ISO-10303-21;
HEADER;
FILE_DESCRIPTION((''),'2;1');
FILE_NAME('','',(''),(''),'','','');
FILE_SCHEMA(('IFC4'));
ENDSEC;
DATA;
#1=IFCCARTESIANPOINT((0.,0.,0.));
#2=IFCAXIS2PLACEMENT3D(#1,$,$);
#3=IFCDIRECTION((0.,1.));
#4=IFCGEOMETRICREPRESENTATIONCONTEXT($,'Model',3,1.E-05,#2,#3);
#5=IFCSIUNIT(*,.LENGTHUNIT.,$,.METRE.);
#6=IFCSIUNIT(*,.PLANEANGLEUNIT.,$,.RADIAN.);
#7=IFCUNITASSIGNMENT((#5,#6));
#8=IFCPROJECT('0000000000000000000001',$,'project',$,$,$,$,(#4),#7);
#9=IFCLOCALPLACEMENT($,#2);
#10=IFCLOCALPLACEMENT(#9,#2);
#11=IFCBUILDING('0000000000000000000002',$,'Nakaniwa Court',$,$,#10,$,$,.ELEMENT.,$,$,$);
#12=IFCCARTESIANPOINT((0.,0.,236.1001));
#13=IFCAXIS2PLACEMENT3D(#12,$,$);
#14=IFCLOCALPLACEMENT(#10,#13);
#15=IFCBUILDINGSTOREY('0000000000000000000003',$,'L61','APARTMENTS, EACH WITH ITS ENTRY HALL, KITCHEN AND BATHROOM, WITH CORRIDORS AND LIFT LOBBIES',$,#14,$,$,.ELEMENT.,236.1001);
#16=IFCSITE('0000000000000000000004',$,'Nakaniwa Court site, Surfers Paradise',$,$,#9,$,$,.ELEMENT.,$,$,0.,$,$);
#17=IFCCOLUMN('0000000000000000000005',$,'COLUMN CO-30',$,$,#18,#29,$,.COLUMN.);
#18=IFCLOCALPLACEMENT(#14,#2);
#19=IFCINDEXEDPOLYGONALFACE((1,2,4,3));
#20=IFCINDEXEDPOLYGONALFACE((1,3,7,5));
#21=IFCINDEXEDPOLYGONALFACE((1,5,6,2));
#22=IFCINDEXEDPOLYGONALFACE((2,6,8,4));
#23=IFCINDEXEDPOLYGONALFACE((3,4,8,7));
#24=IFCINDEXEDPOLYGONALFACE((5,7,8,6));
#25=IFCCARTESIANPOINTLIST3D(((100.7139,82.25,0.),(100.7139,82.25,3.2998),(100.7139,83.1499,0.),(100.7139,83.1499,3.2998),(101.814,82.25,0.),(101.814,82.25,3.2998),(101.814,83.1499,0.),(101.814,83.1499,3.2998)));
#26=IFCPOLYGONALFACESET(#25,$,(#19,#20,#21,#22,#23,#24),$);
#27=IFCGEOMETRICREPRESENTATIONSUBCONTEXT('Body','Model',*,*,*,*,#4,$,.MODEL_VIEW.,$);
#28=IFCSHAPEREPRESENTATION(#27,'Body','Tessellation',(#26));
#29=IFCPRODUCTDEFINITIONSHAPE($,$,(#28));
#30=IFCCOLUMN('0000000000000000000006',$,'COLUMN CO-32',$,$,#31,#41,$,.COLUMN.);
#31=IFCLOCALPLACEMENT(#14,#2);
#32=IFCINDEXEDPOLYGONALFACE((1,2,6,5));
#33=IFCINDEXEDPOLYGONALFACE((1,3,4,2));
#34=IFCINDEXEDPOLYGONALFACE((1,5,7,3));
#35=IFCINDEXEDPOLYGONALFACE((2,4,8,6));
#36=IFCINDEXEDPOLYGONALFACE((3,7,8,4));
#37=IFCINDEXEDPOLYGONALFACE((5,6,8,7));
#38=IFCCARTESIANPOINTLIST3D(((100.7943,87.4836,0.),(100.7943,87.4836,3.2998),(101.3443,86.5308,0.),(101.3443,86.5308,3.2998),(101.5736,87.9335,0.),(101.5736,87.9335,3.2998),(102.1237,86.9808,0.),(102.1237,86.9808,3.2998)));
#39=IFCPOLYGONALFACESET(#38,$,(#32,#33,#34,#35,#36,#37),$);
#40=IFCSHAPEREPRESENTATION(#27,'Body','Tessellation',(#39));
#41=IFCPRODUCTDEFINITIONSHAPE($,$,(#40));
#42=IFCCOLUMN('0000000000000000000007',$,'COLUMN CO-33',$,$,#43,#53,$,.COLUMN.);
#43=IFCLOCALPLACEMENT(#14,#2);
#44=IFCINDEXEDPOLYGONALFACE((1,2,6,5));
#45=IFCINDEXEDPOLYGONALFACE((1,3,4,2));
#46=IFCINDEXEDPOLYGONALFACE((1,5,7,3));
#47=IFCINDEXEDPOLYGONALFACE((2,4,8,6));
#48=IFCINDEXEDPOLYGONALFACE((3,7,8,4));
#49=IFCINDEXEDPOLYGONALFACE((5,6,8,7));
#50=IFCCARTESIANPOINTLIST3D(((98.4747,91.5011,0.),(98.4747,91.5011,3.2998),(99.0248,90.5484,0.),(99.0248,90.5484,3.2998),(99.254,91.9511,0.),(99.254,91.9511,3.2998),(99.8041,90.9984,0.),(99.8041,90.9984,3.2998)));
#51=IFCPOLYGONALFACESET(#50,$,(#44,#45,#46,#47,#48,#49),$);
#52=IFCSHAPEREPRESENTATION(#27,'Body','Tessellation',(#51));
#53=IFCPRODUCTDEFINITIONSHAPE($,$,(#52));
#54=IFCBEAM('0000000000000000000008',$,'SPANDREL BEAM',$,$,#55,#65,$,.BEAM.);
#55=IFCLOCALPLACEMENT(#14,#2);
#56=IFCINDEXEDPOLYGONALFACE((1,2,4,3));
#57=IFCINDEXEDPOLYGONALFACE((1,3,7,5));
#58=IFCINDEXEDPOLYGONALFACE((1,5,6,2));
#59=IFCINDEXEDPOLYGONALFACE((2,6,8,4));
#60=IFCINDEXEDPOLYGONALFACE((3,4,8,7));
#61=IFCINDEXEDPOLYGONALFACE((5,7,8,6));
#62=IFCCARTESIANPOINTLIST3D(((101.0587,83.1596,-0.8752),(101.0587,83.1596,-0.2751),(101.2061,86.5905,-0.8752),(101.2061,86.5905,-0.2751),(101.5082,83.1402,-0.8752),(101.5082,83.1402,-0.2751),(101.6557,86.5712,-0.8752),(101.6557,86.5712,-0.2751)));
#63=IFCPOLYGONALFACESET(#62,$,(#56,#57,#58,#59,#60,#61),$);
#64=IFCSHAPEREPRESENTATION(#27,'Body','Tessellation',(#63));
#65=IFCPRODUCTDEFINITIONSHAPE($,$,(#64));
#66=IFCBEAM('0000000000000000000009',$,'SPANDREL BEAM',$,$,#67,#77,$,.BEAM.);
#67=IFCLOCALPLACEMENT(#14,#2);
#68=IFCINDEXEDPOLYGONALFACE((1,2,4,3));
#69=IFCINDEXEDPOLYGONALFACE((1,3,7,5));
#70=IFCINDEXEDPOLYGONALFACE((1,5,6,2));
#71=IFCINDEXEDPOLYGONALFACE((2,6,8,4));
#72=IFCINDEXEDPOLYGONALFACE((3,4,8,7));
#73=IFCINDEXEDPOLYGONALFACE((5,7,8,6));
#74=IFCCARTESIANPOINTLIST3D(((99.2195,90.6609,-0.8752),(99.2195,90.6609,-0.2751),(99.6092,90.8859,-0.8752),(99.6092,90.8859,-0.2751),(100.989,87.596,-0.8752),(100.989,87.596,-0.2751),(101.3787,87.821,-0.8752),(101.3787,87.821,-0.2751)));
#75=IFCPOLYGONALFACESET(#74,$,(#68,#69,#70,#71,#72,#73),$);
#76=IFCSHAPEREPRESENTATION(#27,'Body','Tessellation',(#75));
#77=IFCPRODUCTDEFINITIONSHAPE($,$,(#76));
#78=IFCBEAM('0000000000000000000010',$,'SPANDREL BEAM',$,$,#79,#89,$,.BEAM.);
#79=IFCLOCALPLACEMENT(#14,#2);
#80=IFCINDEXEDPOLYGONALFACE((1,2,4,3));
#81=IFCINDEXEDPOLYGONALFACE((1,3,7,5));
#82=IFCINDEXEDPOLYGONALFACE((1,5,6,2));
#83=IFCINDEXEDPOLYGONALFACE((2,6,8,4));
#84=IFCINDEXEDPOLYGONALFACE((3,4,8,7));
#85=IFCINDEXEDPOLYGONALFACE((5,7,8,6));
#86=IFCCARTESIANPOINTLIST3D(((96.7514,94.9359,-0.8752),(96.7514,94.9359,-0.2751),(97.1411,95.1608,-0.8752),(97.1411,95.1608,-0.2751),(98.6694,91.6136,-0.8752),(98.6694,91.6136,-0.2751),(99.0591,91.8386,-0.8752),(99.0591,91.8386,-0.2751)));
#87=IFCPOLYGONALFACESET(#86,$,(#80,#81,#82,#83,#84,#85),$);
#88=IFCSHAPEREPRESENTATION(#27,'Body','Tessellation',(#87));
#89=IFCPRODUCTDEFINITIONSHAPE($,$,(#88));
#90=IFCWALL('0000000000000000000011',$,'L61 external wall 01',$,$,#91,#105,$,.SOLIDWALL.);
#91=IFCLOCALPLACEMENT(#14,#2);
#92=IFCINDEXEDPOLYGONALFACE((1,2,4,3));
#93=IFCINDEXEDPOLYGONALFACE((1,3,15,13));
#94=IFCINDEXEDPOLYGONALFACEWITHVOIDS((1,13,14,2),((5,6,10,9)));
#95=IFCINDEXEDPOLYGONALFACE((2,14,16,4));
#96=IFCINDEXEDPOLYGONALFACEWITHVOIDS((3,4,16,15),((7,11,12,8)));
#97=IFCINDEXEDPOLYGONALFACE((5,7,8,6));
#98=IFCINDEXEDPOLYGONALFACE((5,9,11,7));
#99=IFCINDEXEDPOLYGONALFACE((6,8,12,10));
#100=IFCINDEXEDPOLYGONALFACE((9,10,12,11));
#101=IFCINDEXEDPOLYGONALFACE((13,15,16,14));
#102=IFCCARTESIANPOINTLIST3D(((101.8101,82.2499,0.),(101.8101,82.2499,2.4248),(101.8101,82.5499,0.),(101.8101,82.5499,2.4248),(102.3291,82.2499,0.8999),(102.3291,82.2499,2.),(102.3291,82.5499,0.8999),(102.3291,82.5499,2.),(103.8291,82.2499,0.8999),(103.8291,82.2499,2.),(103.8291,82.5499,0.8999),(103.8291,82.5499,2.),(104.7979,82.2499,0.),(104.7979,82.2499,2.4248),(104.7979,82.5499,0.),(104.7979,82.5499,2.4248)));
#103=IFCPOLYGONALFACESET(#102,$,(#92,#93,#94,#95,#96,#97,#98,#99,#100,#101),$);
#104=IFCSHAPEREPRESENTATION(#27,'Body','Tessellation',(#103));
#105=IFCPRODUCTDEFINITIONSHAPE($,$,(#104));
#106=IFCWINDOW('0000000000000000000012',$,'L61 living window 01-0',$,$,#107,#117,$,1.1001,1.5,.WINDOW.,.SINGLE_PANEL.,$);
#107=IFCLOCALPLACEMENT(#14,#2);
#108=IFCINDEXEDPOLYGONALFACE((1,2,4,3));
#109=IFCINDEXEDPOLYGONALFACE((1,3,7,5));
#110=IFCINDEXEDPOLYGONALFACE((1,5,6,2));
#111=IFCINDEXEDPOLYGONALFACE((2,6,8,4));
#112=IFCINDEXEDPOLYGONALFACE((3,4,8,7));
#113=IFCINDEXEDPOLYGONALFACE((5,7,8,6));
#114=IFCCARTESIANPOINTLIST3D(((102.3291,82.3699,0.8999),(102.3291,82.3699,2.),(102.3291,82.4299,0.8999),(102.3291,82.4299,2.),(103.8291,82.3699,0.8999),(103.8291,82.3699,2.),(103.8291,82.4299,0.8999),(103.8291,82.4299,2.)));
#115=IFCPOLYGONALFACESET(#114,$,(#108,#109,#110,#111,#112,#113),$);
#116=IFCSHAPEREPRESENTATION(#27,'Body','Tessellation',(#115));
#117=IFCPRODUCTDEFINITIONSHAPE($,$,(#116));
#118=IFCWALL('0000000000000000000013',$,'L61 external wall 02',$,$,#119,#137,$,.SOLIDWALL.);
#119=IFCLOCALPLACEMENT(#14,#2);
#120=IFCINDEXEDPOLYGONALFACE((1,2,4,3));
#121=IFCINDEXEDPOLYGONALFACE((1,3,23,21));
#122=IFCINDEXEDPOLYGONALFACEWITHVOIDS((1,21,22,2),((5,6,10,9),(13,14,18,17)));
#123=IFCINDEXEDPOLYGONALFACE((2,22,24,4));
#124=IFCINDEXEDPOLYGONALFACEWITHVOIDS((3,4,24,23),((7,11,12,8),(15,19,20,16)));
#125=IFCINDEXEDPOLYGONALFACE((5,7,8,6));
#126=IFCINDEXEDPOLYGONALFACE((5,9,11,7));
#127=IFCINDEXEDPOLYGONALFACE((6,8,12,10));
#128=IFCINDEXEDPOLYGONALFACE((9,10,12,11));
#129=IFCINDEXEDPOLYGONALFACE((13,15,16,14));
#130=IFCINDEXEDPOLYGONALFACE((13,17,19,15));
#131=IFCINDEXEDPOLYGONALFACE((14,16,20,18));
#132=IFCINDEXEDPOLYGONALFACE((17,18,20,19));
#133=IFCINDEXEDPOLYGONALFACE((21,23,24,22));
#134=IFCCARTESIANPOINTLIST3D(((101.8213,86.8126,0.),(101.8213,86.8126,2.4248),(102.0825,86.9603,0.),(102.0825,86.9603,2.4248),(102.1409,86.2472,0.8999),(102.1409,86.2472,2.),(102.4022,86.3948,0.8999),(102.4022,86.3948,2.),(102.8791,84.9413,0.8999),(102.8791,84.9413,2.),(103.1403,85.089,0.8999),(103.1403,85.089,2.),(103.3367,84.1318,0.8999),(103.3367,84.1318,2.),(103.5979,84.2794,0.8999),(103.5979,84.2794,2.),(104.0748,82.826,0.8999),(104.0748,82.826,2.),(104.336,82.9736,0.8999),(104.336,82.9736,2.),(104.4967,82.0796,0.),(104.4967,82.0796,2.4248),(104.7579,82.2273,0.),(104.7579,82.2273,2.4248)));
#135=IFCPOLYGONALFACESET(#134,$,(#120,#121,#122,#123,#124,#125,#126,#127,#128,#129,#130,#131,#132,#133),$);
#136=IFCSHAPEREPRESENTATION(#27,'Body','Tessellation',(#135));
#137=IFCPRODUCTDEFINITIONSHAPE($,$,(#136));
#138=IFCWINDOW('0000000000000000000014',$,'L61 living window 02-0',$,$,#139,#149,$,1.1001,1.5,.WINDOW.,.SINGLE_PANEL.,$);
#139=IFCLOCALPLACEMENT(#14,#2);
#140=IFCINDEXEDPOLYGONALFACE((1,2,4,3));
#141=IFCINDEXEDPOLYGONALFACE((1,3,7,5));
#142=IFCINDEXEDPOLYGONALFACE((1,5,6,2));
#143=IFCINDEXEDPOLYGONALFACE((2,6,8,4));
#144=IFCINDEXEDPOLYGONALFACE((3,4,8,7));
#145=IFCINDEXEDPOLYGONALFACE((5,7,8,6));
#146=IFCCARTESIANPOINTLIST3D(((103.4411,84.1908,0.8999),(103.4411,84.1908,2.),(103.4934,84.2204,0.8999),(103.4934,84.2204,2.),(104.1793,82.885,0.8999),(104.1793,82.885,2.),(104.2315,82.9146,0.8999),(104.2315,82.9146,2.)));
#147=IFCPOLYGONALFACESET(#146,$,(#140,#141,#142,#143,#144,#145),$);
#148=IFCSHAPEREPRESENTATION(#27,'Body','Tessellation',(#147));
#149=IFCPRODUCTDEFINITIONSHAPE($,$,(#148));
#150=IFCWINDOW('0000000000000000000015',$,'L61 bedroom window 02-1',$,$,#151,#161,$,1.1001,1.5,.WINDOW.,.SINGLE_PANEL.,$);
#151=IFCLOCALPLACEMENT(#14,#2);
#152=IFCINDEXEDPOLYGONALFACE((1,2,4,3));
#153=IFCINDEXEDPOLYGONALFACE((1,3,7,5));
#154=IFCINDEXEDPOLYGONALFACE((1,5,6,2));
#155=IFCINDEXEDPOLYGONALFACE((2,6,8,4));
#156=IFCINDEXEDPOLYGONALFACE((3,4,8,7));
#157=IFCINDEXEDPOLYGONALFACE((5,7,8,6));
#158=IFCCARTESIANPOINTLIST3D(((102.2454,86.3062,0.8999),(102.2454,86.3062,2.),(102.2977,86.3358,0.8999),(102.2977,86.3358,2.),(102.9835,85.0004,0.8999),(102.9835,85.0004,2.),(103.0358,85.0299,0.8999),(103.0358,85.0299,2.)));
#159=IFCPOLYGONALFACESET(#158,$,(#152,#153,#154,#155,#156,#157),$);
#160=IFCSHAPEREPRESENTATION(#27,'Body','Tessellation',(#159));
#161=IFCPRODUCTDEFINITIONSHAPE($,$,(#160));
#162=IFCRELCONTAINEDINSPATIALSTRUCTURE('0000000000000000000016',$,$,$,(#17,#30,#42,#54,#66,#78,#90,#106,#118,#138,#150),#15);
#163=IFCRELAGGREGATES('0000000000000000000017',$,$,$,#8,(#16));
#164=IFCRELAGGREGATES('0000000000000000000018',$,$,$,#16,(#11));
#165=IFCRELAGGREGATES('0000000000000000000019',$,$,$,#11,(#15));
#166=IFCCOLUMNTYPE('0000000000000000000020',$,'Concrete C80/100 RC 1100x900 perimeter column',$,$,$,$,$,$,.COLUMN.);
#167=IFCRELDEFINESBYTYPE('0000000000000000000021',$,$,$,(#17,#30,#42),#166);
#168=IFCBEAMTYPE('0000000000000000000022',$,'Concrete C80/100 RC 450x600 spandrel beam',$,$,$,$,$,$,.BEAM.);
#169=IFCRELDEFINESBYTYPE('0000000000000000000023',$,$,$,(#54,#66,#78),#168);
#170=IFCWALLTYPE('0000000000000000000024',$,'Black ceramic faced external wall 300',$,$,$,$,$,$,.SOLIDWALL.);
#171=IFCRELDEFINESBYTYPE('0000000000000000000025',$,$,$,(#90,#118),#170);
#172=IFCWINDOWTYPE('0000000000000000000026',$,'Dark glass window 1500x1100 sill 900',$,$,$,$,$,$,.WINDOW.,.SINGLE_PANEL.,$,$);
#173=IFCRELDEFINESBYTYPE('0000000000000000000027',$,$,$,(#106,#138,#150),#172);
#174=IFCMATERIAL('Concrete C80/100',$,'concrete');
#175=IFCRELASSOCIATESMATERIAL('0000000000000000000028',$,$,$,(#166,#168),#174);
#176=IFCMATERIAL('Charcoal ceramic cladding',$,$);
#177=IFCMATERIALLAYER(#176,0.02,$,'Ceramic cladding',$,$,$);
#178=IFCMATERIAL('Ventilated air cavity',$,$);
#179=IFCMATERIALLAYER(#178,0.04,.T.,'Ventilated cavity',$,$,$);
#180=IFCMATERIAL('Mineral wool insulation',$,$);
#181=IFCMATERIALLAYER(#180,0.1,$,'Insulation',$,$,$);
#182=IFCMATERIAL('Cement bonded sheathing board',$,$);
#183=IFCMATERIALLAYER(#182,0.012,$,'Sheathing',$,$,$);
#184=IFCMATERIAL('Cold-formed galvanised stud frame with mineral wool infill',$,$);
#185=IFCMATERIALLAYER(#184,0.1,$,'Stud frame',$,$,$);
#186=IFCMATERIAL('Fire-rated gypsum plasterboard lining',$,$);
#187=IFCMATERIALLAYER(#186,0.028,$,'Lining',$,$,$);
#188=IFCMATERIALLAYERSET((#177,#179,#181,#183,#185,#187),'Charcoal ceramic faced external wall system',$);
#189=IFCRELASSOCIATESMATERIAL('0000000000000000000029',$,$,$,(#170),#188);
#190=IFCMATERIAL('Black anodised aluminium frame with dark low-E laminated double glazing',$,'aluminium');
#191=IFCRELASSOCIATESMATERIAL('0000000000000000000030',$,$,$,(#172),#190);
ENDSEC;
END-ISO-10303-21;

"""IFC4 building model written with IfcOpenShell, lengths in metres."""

from ifc_helpers import new_model, si_unit, direction, frame, frame_2d, origin, origin_2d, place, context, subcontext, project, spatial, rectangle, extrude, material, layer, layer_set, material_profile, profile_set, type_object, element, fill, save


model = new_model("IFC4")

# Units and contexts
model_context = context("Model", 3, precision=1e-05, world=origin(), true_north=direction((0.0, 1.0)))
body_context = subcontext(model_context, "Body", "Model", "MODEL_VIEW")
ifc_project = project(units=[si_unit("LENGTHUNIT", "METRE"), si_unit("PLANEANGLEUNIT", "RADIAN")], contexts=[model_context])

# Site, building, storey
site_placement = place(None, origin())
site = spatial("IfcSite", under=ifc_project, at=site_placement, Name="Nakaniwa Court site, Surfers Paradise", CompositionType="ELEMENT", RefElevation=0.0)
building_placement = place(site_placement, origin())
building = spatial("IfcBuilding", under=site, at=building_placement, Name="Nakaniwa Court", CompositionType="ELEMENT")
storey_placement = place(building_placement, frame((0.0, 0.0, 236.1001)))
storey = spatial("IfcBuildingStorey", under=building, at=storey_placement, Name="L61", Description="APARTMENTS, EACH WITH ITS ENTRY HALL, KITCHEN AND BATHROOM, WITH CORRIDORS AND LIFT LOBBIES", CompositionType="ELEMENT", Elevation=236.1001)

# Columns
ifc_material_1 = material(Name="Concrete C80/100", Category="concrete")
ifc_material_profile_1 = material_profile(ifc_material_1, rectangle(XDim=1.1001, YDim=0.8999, at=origin_2d()), Name="Concrete C80/100 RC 1100x900 perimeter column")
ifc_profile_set_1 = profile_set([ifc_material_profile_1], Name="Concrete C80/100")
column_type = type_object("IfcColumnType", Name="Concrete C80/100 RC 1100x900 perimeter column", PredefinedType="COLUMN", material=ifc_profile_set_1)
for number, where, z_axis, x_axis, name in (
    (1, (101.2639, 82.7, 0.0), (0.0, 0.0, 1.0), (1.0, 0.0, 0.0), "COLUMN CO-30"),
    (2, (101.459, 87.2322, 0.0), (0.0, 0.0, 1.0), (-0.5, 0.866025, 0.0), "COLUMN CO-32"),
    (3, (99.1394, 91.2498, 0.0), (0.0, 0.0, 1.0), (-0.5, 0.866025, 0.0), "COLUMN CO-33"),
):
    element("IfcColumn", number, at=place(storey_placement, frame(where, z_axis=z_axis, x_axis=x_axis)), inside=storey, type_object=column_type, Name=name, PredefinedType="COLUMN", context=body_context, shape_type="SweptSolid", body=[
        extrude(rectangle(XDim=1.1001, YDim=0.8999, at=origin_2d()), origin(), (0.0, 0.0, 1.0), 3.2998),
    ])

# Beams
ifc_material_profile_2 = material_profile(ifc_material_1, rectangle(XDim=0.45, YDim=0.6001, at=origin_2d()), Name="Concrete C80/100 RC 450x600 spandrel beam")
ifc_profile_set_2 = profile_set([ifc_material_profile_2], Name="Concrete C80/100")
beam_type = type_object("IfcBeamType", Name="Concrete C80/100 RC 450x600 spandrel beam", PredefinedType="BEAM", material=ifc_profile_set_2)
beam_1_placement = place(storey_placement, frame((101.2834, 83.1499, -0.5752), z_axis=(0.042941, 0.999078, 0.0), x_axis=(-0.999078, 0.042941, 0.0)))
element("IfcBeam", 4, at=beam_1_placement, inside=storey, type_object=beam_type, Name="SPANDREL BEAM", PredefinedType="BEAM", context=body_context, shape_type="SweptSolid", body=[
    extrude(rectangle(XDim=0.45, YDim=0.6001, at=origin_2d()), origin(), (0.0, 0.0, 1.0), 3.4341),
])
beam_2_placement = place(storey_placement, frame((101.1838, 87.7085, -0.5752), z_axis=(-0.499997, 0.866027, 0.0), x_axis=(-0.866027, -0.499997, 0.0)))
element("IfcBeam", 5, at=beam_2_placement, inside=storey, type_object=beam_type, Name="SPANDREL BEAM", PredefinedType="BEAM", context=body_context, shape_type="SweptSolid", body=[
    extrude(rectangle(XDim=0.45, YDim=0.6001, at=origin_2d()), origin(), (0.0, 0.0, 1.0), 3.5391),
])
beam_3_placement = place(storey_placement, frame((98.8643, 91.7261, -0.5752), z_axis=(-0.499972, 0.866041, 0.0), x_axis=(-0.866041, -0.499972, 0.0)))
element("IfcBeam", 6, at=beam_3_placement, inside=storey, type_object=beam_type, Name="SPANDREL BEAM", PredefinedType="BEAM", context=body_context, shape_type="SweptSolid", body=[
    extrude(rectangle(XDim=0.45, YDim=0.6001, at=origin_2d()), origin(), (0.0, 0.0, 1.0), 3.8362),
])

# Wall, opening, window
ifc_material_2 = material(Name="Charcoal ceramic cladding")
ifc_layer_1 = layer(ifc_material_2, 0.02, Name="Ceramic cladding")
ifc_material_3 = material(Name="Ventilated air cavity")
ifc_layer_2 = layer(ifc_material_3, 0.04, ventilated=True, Name="Ventilated cavity")
ifc_material_4 = material(Name="Mineral wool insulation")
ifc_layer_3 = layer(ifc_material_4, 0.1, Name="Insulation")
ifc_material_5 = material(Name="Cement bonded sheathing board")
ifc_layer_4 = layer(ifc_material_5, 0.012, Name="Sheathing")
ifc_material_6 = material(Name="Cold-formed galvanised stud frame with mineral wool infill")
ifc_layer_5 = layer(ifc_material_6, 0.1, Name="Stud frame")
ifc_material_7 = material(Name="Fire-rated gypsum plasterboard lining")
ifc_layer_6 = layer(ifc_material_7, 0.028, Name="Lining")
ifc_layer_set = layer_set([ifc_layer_1, ifc_layer_2, ifc_layer_3, ifc_layer_4, ifc_layer_5, ifc_layer_6], Name="Charcoal ceramic faced external wall system")
wall_type = type_object("IfcWallType", Name="Black ceramic faced external wall 300", PredefinedType="SOLIDWALL", material=ifc_layer_set)
wall_1_placement = place(storey_placement, frame((101.8101, 82.3999, 0.0), z_axis=(0.0, 0.0, 1.0), x_axis=(1.0, 0.0, 0.0)))
wall_1 = element("IfcWall", 7, at=wall_1_placement, inside=storey, type_object=wall_type, Name="L61 external wall 01", PredefinedType="SOLIDWALL", context=body_context, shape_type="SweptSolid", body=[
    extrude(rectangle(XDim=2.9878, YDim=0.3, at=frame_2d((1.4939, 0.0))), origin(), (0.0, 0.0, 1.0), 2.4248),
])
opening_1_placement = place(wall_1_placement, frame((0.519, 0.0, 0.8999)))
opening_1 = element("IfcOpeningElement", 8, at=opening_1_placement, cuts=wall_1, PredefinedType="OPENING", context=body_context, shape_type="SweptSolid", body=[
    extrude(rectangle(XDim=1.5, YDim=1.1001, at=frame_2d((0.75, 0.55))), frame((0.0, 0.1599, 0.0), z_axis=(0.0, -1.0, 0.0), x_axis=(1.0, 0.0, 0.0)), (0.0, 0.0, 1.0), 0.3201),
])
ifc_material_8 = material(Name="Black anodised aluminium frame with dark low-E laminated double glazing", Category="aluminium")
window_type = type_object("IfcWindowType", Name="Dark glass window 1500x1100 sill 900", PartitioningType="SINGLE_PANEL", PredefinedType="WINDOW", material=ifc_material_8)
window_1_placement = place(opening_1_placement, origin())
window_1 = element("IfcWindow", 9, at=window_1_placement, inside=storey, type_object=window_type, Name="L61 living window 01-0", OverallHeight=1.1001, OverallWidth=1.5, PartitioningType="SINGLE_PANEL", PredefinedType="WINDOW", context=body_context, shape_type="SweptSolid", body=[
    extrude(rectangle(XDim=1.5, YDim=1.1001, at=frame_2d((0.75, 0.55))), frame((0.0, 0.03, 0.0), z_axis=(0.0, -1.0, 0.0), x_axis=(1.0, 0.0, 0.0)), (0.0, 0.0, 1.0), 0.0601),
])
fill(opening_1, window_1)

# Wall, openings, windows
wall_2_placement = place(storey_placement, frame((104.6272, 82.1536, 0.0), z_axis=(0.0, 0.0, 1.0), x_axis=(-0.492081, 0.870549, 0.0)))
wall_2 = element("IfcWall", 10, at=wall_2_placement, inside=storey, type_object=wall_type, Name="L61 external wall 02", PredefinedType="SOLIDWALL", context=body_context, shape_type="SweptSolid", body=[
    extrude(rectangle(XDim=5.4368, YDim=0.3, at=frame_2d((2.7183, 0.0))), origin(), (0.0, 0.0, 1.0), 2.4248),
])
opening_2_placement = place(wall_2_placement, frame((0.8572, 0.0, 0.8999)))
opening_2 = element("IfcOpeningElement", 11, at=opening_2_placement, cuts=wall_2, PredefinedType="OPENING", context=body_context, shape_type="SweptSolid", body=[
    extrude(rectangle(XDim=1.5, YDim=1.1001, at=frame_2d((0.75, 0.55))), frame((0.0, 0.1599, 0.0), z_axis=(0.0, -1.0, 0.0), x_axis=(1.0, 0.0, 0.0)), (0.0, 0.0, 1.0), 0.3201),
])
opening_3_placement = place(wall_2_placement, frame((3.2871, 0.0, 0.8999)))
opening_3 = element("IfcOpeningElement", 12, at=opening_3_placement, cuts=wall_2, PredefinedType="OPENING", context=body_context, shape_type="SweptSolid", body=[
    extrude(rectangle(XDim=1.5, YDim=1.1001, at=frame_2d((0.75, 0.55))), frame((0.0, 0.1599, 0.0), z_axis=(0.0, -1.0, 0.0), x_axis=(1.0, 0.0, 0.0)), (0.0, 0.0, 1.0), 0.3201),
])
window_2_placement = place(opening_2_placement, origin())
window_2 = element("IfcWindow", 13, at=window_2_placement, inside=storey, type_object=window_type, Name="L61 living window 02-0", OverallHeight=1.1001, OverallWidth=1.5, PartitioningType="SINGLE_PANEL", PredefinedType="WINDOW", context=body_context, shape_type="SweptSolid", body=[
    extrude(rectangle(XDim=1.5, YDim=1.1001, at=frame_2d((0.75, 0.55))), frame((0.0, 0.03, 0.0), z_axis=(0.0, -1.0, 0.0), x_axis=(1.0, 0.0, 0.0)), (0.0, 0.0, 1.0), 0.0601),
])
fill(opening_2, window_2)
window_3_placement = place(opening_3_placement, origin())
window_3 = element("IfcWindow", 14, at=window_3_placement, inside=storey, type_object=window_type, Name="L61 bedroom window 02-1", OverallHeight=1.1001, OverallWidth=1.5, PartitioningType="SINGLE_PANEL", PredefinedType="WINDOW", context=body_context, shape_type="SweptSolid", body=[
    extrude(rectangle(XDim=1.5, YDim=1.1001, at=frame_2d((0.75, 0.55))), frame((0.0, 0.03, 0.0), z_axis=(0.0, -1.0, 0.0), x_axis=(1.0, 0.0, 0.0)), (0.0, 0.0, 1.0), 0.0601),
])
fill(opening_3, window_3)

save(model, "model.ifc")
